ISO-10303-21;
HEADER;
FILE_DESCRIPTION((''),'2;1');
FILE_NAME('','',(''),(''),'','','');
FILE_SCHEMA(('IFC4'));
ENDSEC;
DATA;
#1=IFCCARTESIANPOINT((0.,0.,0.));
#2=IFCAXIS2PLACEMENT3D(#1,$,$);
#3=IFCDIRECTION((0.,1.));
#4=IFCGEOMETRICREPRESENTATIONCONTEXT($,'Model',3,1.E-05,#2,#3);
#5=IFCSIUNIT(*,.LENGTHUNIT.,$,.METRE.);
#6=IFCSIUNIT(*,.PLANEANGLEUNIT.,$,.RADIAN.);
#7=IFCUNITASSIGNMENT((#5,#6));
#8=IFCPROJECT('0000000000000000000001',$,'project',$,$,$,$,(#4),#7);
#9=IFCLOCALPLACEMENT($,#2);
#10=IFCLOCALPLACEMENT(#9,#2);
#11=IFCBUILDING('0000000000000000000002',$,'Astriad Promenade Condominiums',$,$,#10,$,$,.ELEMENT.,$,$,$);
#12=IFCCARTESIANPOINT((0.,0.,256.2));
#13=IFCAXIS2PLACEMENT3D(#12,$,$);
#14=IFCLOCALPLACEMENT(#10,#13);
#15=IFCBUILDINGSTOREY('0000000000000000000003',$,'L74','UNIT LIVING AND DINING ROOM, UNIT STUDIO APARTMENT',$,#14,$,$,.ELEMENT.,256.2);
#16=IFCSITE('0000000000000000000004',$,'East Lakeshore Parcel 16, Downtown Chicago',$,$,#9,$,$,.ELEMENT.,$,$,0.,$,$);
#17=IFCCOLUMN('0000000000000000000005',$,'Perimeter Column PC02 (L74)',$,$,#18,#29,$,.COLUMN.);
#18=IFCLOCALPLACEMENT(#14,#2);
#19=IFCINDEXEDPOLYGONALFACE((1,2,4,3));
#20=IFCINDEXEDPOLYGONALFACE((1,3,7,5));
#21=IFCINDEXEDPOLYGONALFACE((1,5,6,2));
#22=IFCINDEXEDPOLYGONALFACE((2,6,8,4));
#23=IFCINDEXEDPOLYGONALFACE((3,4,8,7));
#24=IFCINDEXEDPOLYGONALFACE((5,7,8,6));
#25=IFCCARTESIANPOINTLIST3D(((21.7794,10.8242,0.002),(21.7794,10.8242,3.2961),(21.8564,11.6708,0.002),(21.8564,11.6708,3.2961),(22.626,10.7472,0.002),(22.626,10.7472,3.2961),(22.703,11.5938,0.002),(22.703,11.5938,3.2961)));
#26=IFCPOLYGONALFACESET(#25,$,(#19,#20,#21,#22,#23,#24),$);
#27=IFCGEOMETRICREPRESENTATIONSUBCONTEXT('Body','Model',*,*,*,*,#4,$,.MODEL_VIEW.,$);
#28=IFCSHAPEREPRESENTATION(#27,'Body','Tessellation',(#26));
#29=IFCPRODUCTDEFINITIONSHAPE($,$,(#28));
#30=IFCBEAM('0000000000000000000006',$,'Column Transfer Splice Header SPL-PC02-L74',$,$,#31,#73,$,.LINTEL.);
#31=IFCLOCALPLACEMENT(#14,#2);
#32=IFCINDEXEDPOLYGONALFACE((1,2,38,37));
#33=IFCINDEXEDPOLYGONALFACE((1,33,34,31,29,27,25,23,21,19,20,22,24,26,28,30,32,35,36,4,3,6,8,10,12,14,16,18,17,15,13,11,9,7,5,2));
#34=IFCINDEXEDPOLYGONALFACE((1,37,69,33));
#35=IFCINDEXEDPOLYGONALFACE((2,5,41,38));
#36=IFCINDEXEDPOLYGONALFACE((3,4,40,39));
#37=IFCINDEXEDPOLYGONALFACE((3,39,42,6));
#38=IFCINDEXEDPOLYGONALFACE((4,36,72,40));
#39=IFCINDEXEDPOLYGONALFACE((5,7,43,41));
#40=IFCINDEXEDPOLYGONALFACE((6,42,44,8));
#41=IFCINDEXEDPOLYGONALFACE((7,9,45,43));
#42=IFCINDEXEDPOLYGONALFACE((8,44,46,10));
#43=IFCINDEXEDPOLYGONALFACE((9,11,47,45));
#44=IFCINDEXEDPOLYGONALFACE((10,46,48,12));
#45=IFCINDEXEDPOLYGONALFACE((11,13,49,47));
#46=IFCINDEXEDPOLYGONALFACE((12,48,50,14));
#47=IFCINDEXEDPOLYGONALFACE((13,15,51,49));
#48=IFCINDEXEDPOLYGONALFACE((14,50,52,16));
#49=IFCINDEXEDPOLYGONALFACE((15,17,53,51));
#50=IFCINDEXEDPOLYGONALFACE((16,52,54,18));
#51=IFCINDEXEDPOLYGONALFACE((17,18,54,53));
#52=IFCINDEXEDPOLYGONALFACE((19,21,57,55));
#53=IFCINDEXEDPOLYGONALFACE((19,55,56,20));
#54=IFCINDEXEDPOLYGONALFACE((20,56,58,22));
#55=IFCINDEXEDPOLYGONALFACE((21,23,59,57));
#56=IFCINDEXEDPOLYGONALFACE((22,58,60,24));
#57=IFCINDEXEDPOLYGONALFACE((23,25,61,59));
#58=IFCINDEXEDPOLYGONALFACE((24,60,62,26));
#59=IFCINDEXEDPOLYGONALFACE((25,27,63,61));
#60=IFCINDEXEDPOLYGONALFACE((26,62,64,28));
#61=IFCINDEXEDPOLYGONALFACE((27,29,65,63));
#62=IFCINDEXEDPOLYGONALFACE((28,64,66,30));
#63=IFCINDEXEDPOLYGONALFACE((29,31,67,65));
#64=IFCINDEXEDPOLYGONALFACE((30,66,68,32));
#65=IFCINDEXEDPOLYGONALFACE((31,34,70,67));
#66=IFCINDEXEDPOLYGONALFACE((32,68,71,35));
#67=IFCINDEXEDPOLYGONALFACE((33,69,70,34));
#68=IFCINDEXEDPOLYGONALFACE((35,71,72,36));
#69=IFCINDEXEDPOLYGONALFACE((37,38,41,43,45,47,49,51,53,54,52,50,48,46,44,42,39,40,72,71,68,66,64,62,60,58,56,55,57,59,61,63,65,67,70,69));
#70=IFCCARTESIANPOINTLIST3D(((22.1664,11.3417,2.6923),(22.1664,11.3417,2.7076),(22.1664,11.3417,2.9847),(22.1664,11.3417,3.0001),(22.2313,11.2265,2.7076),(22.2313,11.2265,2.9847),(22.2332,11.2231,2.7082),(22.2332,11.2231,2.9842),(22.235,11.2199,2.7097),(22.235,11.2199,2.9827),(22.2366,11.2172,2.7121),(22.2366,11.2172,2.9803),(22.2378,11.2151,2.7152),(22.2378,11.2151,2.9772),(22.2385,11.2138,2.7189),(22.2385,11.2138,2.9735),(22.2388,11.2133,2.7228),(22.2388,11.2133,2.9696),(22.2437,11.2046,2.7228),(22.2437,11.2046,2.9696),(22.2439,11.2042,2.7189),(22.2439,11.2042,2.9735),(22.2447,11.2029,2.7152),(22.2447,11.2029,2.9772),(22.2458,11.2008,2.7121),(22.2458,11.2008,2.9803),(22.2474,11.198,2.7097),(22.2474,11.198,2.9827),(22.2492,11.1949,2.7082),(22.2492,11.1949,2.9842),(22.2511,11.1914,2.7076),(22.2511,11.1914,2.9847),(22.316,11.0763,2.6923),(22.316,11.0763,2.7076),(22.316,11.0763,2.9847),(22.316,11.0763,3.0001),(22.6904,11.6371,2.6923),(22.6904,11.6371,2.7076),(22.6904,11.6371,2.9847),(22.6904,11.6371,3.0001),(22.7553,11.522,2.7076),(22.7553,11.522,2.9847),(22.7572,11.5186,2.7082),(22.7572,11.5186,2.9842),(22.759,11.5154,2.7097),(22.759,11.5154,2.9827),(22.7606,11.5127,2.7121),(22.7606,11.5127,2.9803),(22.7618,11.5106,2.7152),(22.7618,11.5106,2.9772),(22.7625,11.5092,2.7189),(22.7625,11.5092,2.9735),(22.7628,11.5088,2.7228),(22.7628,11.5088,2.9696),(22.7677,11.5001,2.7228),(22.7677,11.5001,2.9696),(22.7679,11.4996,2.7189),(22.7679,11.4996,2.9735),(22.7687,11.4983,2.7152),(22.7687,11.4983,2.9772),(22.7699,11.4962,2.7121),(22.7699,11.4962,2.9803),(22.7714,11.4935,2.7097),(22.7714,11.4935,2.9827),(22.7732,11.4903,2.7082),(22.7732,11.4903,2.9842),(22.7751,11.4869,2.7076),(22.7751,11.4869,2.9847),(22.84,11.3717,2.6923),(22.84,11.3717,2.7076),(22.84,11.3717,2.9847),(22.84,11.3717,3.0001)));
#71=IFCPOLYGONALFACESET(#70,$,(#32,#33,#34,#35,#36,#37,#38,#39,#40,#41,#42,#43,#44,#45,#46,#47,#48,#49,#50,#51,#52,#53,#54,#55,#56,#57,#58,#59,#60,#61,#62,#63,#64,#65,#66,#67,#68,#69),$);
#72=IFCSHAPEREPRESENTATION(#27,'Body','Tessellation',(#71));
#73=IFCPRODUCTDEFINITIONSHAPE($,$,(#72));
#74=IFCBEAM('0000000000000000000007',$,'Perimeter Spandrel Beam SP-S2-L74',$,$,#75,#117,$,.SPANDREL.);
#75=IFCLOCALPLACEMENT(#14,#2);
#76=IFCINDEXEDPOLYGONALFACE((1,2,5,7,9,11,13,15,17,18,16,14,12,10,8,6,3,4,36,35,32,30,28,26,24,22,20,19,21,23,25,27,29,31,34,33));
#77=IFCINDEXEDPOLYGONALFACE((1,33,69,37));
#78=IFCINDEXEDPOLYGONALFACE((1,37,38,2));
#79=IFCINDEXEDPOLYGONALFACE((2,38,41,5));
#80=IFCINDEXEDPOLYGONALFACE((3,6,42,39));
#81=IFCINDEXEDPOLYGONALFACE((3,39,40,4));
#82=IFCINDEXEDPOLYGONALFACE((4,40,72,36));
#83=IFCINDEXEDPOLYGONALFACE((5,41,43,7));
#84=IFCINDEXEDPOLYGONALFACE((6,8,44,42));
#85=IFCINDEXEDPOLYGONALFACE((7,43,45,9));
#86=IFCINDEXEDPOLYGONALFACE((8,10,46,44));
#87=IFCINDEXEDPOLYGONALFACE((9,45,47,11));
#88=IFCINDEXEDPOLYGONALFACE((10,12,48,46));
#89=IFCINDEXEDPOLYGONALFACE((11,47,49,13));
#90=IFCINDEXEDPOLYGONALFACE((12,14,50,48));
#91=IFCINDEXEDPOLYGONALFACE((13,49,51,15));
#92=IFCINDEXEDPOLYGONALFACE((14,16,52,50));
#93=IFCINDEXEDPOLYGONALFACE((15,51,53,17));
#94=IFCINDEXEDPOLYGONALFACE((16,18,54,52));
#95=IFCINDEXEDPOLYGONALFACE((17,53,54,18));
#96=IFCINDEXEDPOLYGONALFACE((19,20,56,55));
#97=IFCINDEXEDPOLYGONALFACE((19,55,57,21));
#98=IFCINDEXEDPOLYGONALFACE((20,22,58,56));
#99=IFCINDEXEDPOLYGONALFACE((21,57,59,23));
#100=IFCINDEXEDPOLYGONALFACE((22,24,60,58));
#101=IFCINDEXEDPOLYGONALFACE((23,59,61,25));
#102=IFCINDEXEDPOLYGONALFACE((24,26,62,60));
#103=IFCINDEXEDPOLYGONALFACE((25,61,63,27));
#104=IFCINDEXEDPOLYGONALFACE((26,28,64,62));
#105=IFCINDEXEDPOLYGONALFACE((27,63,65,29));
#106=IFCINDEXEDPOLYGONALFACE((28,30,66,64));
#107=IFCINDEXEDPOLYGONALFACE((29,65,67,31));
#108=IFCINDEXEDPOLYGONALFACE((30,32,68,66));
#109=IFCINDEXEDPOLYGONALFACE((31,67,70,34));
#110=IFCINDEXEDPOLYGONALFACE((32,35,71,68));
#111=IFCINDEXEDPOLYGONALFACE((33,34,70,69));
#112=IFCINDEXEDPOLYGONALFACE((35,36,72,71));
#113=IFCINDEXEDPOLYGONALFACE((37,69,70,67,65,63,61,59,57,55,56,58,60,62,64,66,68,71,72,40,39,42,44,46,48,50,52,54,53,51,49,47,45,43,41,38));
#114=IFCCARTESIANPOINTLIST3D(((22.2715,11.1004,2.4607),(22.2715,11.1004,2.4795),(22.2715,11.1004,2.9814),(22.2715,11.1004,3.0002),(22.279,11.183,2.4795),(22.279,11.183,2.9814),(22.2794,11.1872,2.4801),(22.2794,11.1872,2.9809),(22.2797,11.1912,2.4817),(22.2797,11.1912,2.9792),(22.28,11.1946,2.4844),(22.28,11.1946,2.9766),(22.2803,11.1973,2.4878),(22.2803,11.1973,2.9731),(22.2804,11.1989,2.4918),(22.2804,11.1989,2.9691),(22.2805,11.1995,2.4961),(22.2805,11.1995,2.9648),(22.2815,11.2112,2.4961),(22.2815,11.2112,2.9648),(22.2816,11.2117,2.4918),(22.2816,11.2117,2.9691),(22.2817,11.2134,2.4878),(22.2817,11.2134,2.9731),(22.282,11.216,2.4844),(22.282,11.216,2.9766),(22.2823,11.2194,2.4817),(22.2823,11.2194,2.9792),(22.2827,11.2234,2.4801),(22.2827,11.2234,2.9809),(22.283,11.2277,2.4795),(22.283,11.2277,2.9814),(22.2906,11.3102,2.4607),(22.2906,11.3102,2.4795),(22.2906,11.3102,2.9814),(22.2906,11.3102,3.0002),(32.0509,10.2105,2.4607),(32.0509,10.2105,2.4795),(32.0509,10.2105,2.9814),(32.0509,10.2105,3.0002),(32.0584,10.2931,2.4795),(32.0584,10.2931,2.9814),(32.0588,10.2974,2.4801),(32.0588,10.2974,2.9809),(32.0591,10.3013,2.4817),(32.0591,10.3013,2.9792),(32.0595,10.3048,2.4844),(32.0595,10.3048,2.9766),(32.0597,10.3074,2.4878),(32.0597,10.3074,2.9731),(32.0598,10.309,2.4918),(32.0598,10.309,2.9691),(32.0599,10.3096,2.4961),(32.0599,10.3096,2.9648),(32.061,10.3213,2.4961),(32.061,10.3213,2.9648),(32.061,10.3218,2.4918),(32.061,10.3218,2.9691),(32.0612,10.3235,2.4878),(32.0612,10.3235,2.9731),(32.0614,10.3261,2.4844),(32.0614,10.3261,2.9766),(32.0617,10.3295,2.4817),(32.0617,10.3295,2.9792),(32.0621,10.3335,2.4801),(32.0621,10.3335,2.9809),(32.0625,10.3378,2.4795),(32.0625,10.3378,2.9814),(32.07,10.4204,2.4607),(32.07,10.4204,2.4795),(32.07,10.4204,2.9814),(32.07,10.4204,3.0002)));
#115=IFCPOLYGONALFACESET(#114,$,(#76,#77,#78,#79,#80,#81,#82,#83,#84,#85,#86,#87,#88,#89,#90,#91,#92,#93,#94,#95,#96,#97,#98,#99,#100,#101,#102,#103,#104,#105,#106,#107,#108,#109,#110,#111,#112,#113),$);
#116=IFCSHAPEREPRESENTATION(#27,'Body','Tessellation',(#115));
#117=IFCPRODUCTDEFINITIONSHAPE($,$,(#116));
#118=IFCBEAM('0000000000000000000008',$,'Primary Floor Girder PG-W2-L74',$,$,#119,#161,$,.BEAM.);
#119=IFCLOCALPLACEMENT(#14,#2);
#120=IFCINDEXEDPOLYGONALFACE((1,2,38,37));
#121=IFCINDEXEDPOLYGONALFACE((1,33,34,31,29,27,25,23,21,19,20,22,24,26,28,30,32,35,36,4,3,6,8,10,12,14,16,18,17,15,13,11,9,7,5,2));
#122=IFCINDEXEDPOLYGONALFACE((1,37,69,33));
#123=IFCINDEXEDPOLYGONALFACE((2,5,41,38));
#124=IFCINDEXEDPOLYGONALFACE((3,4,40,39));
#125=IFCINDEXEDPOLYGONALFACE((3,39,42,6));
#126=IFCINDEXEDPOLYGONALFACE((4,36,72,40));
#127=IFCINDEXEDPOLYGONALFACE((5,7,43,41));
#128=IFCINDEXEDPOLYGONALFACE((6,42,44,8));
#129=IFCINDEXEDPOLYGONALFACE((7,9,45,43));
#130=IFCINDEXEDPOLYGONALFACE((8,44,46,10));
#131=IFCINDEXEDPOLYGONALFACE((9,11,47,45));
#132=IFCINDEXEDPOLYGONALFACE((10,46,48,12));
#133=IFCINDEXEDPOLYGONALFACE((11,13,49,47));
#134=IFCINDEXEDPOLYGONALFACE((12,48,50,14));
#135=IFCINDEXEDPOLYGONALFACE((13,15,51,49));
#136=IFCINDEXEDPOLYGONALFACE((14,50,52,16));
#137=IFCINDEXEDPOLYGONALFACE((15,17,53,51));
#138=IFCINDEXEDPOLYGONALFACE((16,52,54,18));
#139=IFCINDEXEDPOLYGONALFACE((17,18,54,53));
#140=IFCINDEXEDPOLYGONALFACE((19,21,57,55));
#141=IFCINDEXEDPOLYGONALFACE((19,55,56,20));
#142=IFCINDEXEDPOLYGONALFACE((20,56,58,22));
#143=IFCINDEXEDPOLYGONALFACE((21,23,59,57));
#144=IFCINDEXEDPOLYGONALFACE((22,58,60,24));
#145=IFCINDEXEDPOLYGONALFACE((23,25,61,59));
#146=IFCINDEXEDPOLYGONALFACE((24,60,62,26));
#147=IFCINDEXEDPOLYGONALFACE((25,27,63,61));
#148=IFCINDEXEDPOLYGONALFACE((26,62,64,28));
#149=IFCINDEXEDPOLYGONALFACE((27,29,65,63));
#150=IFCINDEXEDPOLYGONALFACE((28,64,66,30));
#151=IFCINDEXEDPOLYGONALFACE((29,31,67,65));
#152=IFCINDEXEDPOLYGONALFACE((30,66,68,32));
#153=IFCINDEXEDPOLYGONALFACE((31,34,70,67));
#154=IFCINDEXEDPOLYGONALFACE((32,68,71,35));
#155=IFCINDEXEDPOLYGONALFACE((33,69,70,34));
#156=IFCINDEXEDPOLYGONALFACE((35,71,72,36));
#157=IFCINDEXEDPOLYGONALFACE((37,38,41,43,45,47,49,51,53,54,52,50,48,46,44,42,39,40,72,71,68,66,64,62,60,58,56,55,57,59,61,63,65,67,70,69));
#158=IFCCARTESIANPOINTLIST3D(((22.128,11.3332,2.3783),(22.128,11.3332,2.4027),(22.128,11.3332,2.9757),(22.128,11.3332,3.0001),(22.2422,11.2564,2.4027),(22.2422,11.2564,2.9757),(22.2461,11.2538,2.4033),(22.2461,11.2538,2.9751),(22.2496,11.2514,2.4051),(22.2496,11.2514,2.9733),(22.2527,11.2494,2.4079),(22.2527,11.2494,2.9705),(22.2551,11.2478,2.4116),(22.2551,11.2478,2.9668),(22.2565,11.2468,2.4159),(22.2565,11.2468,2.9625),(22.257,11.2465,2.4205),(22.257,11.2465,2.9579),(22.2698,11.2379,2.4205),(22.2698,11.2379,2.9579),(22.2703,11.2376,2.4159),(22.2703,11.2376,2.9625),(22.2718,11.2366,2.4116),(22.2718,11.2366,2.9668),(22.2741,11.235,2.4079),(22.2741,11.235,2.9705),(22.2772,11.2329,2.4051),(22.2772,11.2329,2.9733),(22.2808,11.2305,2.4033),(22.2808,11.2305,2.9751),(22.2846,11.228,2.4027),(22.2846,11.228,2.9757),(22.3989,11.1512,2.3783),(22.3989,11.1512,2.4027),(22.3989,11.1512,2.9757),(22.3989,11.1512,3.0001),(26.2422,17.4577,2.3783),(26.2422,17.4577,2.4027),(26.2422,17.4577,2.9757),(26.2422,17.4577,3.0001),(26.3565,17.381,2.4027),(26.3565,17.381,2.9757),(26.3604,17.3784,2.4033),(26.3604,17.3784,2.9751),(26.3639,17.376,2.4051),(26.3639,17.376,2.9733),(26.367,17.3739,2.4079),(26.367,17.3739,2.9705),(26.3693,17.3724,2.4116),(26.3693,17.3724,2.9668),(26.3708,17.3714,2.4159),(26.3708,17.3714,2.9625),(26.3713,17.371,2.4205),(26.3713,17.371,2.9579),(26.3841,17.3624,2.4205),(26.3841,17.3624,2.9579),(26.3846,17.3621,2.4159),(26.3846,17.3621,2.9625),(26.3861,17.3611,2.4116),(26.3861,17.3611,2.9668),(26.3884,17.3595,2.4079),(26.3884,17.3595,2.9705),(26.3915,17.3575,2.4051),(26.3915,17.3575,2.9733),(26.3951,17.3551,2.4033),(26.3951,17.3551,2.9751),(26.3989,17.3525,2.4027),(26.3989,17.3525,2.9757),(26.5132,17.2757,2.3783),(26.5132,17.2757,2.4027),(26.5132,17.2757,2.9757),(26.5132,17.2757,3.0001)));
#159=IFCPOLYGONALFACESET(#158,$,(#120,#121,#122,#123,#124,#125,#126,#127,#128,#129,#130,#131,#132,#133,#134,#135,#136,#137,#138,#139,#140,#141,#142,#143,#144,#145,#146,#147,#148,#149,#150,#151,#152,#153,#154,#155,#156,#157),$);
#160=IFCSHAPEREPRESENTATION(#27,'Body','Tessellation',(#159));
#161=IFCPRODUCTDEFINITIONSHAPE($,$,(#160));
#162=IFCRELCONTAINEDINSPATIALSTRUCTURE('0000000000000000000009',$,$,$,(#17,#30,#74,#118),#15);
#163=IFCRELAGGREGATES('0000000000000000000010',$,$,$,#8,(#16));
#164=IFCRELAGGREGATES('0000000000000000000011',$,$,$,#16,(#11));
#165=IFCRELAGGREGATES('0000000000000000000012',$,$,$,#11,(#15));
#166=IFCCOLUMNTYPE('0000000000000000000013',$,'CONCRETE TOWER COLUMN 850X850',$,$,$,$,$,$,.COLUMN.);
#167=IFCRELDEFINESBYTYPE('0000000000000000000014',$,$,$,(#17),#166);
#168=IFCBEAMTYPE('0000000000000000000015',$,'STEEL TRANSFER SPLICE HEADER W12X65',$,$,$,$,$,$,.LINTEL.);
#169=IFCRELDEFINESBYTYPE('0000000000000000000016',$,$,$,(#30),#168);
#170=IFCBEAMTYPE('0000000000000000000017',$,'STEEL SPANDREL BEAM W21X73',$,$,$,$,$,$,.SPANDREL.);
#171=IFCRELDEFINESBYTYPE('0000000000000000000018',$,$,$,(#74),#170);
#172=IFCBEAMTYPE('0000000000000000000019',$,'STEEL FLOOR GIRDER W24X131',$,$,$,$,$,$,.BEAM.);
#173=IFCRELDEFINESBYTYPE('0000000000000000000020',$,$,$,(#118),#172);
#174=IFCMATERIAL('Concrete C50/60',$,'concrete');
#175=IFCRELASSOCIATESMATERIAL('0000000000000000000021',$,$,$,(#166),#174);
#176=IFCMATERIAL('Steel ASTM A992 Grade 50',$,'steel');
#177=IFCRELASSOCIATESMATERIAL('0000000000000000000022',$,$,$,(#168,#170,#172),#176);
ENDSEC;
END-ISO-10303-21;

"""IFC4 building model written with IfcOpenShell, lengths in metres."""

from ifc_helpers import new_model, si_unit, direction, frame, origin, origin_2d, place, context, subcontext, project, spatial, rectangle, i_section, extrude, source, transform, mapped, material, material_profile, profile_set, type_object, type_shapes, element, save


model = new_model("IFC4")

# Units and contexts
model_context = context("Model", 3, precision=1e-05, world=origin(), true_north=direction((0.0, 1.0)))
body_context = subcontext(model_context, "Body", "Model", "MODEL_VIEW")
ifc_project = project(units=[si_unit("LENGTHUNIT", "METRE"), si_unit("PLANEANGLEUNIT", "RADIAN")], contexts=[model_context])

# Site, building, storey
site_placement = place(None, origin())
site = spatial("IfcSite", under=ifc_project, at=site_placement, Name="East Lakeshore Parcel 16, Downtown Chicago", CompositionType="ELEMENT", RefElevation=0.0)
building_placement = place(site_placement, origin())
building = spatial("IfcBuilding", under=site, at=building_placement, Name="Astriad Promenade Condominiums", CompositionType="ELEMENT")
storey_placement = place(building_placement, frame((0.0, 0.0, 256.2)))
storey = spatial("IfcBuildingStorey", under=building, at=storey_placement, Name="L74", Description="UNIT LIVING AND DINING ROOM, UNIT STUDIO APARTMENT", CompositionType="ELEMENT", Elevation=256.2)

# Column
ifc_material_1 = material(Name="Concrete C50/60", Category="concrete")
ifc_material_profile_1 = material_profile(ifc_material_1, rectangle(XDim=0.8501, YDim=0.8501, at=origin_2d()), Name="RC-COL-850X850")
ifc_profile_set_1 = profile_set([ifc_material_profile_1], Name="Concrete C50/60")
column_type = type_object("IfcColumnType", Name="CONCRETE TOWER COLUMN 850X850", PredefinedType="COLUMN", material=ifc_profile_set_1)
shared_shape_1 = source(origin(), body_context, "Body", "SweptSolid", [
    extrude(rectangle(XDim=0.8501, YDim=0.8501, at=origin_2d()), origin(), (0.0, 0.0, 1.0), 3.2942),
])
type_shapes(column_type, [shared_shape_1])
column_placement = place(storey_placement, frame((22.2412, 11.209, 0.002), z_axis=(0.0, 0.0, 1.0), x_axis=(0.995884, -0.090633, 0.0)))
element("IfcColumn", 1, at=column_placement, inside=storey, type_object=column_type, Name="Perimeter Column PC02 (L74)", PredefinedType="COLUMN", context=body_context, shape_type="MappedRepresentation", body=[
    mapped(shared_shape_1, transform((0.0, 0.0, 0.0), scale=1.0)),
])

# Beams
ifc_material_2 = material(Name="Steel ASTM A992 Grade 50", Category="steel")
ifc_material_profile_2 = material_profile(ifc_material_2, i_section(OverallWidth=0.3047, OverallDepth=0.3079, WebThickness=0.01, FlangeThickness=0.0154, FilletRadius=0.0151, at=origin_2d()), Name="W12X65")
ifc_profile_set_2 = profile_set([ifc_material_profile_2], Name="Steel ASTM A992 Grade 50")
beam_type_1 = type_object("IfcBeamType", Name="STEEL TRANSFER SPLICE HEADER W12X65", PredefinedType="LINTEL", material=ifc_profile_set_2)
shared_shape_2 = source(origin(), body_context, "Body", "SweptSolid", [
    extrude(i_section(OverallWidth=0.3047, OverallDepth=0.3079, WebThickness=0.01, FlangeThickness=0.0154, FilletRadius=0.0151, at=origin_2d()), origin(), (0.0, 0.0, 1.0), 0.6016),
])
type_shapes(beam_type_1, [shared_shape_2])
beam_1_placement = place(storey_placement, frame((22.2412, 11.209, 2.8462), z_axis=(0.871076, 0.491147, 0.0), x_axis=(-0.491147, 0.871076, 0.0)))
element("IfcBeam", 2, at=beam_1_placement, inside=storey, type_object=beam_type_1, Name="Column Transfer Splice Header SPL-PC02-L74", PredefinedType="LINTEL", context=body_context, shape_type="MappedRepresentation", body=[
    mapped(shared_shape_2, transform((0.0, 0.0, 0.0), scale=1.0)),
])
ifc_material_profile_3 = material_profile(ifc_material_2, i_section(OverallWidth=0.2107, OverallDepth=0.5396, WebThickness=0.0117, FlangeThickness=0.0188, FilletRadius=0.0166, at=origin_2d()), Name="W21X73")
ifc_profile_set_3 = profile_set([ifc_material_profile_3], Name="Steel ASTM A992 Grade 50")
beam_type_2 = type_object("IfcBeamType", Name="STEEL SPANDREL BEAM W21X73", PredefinedType="SPANDREL", material=ifc_profile_set_3)
shared_shape_3 = source(origin(), body_context, "Body", "SweptSolid", [
    extrude(i_section(OverallWidth=0.2107, OverallDepth=0.5396, WebThickness=0.0117, FlangeThickness=0.0188, FilletRadius=0.0166, at=origin_2d()), origin(), (0.0, 0.0, 1.0), 9.8198),
])
type_shapes(beam_type_2, [shared_shape_3])
beam_2_placement = place(storey_placement, frame((22.281, 11.2053, 2.7305), z_axis=(0.995885, -0.090621, 0.0), x_axis=(0.090621, 0.995885, 0.0)))
element("IfcBeam", 3, at=beam_2_placement, inside=storey, type_object=beam_type_2, Name="Perimeter Spandrel Beam SP-S2-L74", PredefinedType="SPANDREL", context=body_context, shape_type="MappedRepresentation", body=[
    mapped(shared_shape_3, transform((0.0, 0.0, 0.0), scale=1.0)),
])
ifc_material_profile_4 = material_profile(ifc_material_2, i_section(OverallWidth=0.3264, OverallDepth=0.6218, WebThickness=0.0154, FlangeThickness=0.0244, FilletRadius=0.0178, at=origin_2d()), Name="W24X131")
ifc_profile_set_4 = profile_set([ifc_material_profile_4], Name="Steel ASTM A992 Grade 50")
beam_type_3 = type_object("IfcBeamType", Name="STEEL FLOOR GIRDER W24X131", PredefinedType="BEAM", material=ifc_profile_set_4)
shared_shape_4 = source(origin(), body_context, "Body", "SweptSolid", [
    extrude(i_section(OverallWidth=0.3264, OverallDepth=0.6218, WebThickness=0.0154, FlangeThickness=0.0244, FilletRadius=0.0178, at=origin_2d()), origin(), (0.0, 0.0, 1.0), 7.3782),
])
type_shapes(beam_type_3, [shared_shape_4])
beam_3_placement = place(storey_placement, frame((22.2634, 11.2422, 2.6892), z_axis=(0.557629, 0.83009, 0.0), x_axis=(-0.83009, 0.557629, 0.0)))
element("IfcBeam", 4, at=beam_3_placement, inside=storey, type_object=beam_type_3, Name="Primary Floor Girder PG-W2-L74", PredefinedType="BEAM", context=body_context, shape_type="MappedRepresentation", body=[
    mapped(shared_shape_4, transform((0.0, 0.0, 0.0), scale=1.0)),
])

save(model, "model.ifc")
